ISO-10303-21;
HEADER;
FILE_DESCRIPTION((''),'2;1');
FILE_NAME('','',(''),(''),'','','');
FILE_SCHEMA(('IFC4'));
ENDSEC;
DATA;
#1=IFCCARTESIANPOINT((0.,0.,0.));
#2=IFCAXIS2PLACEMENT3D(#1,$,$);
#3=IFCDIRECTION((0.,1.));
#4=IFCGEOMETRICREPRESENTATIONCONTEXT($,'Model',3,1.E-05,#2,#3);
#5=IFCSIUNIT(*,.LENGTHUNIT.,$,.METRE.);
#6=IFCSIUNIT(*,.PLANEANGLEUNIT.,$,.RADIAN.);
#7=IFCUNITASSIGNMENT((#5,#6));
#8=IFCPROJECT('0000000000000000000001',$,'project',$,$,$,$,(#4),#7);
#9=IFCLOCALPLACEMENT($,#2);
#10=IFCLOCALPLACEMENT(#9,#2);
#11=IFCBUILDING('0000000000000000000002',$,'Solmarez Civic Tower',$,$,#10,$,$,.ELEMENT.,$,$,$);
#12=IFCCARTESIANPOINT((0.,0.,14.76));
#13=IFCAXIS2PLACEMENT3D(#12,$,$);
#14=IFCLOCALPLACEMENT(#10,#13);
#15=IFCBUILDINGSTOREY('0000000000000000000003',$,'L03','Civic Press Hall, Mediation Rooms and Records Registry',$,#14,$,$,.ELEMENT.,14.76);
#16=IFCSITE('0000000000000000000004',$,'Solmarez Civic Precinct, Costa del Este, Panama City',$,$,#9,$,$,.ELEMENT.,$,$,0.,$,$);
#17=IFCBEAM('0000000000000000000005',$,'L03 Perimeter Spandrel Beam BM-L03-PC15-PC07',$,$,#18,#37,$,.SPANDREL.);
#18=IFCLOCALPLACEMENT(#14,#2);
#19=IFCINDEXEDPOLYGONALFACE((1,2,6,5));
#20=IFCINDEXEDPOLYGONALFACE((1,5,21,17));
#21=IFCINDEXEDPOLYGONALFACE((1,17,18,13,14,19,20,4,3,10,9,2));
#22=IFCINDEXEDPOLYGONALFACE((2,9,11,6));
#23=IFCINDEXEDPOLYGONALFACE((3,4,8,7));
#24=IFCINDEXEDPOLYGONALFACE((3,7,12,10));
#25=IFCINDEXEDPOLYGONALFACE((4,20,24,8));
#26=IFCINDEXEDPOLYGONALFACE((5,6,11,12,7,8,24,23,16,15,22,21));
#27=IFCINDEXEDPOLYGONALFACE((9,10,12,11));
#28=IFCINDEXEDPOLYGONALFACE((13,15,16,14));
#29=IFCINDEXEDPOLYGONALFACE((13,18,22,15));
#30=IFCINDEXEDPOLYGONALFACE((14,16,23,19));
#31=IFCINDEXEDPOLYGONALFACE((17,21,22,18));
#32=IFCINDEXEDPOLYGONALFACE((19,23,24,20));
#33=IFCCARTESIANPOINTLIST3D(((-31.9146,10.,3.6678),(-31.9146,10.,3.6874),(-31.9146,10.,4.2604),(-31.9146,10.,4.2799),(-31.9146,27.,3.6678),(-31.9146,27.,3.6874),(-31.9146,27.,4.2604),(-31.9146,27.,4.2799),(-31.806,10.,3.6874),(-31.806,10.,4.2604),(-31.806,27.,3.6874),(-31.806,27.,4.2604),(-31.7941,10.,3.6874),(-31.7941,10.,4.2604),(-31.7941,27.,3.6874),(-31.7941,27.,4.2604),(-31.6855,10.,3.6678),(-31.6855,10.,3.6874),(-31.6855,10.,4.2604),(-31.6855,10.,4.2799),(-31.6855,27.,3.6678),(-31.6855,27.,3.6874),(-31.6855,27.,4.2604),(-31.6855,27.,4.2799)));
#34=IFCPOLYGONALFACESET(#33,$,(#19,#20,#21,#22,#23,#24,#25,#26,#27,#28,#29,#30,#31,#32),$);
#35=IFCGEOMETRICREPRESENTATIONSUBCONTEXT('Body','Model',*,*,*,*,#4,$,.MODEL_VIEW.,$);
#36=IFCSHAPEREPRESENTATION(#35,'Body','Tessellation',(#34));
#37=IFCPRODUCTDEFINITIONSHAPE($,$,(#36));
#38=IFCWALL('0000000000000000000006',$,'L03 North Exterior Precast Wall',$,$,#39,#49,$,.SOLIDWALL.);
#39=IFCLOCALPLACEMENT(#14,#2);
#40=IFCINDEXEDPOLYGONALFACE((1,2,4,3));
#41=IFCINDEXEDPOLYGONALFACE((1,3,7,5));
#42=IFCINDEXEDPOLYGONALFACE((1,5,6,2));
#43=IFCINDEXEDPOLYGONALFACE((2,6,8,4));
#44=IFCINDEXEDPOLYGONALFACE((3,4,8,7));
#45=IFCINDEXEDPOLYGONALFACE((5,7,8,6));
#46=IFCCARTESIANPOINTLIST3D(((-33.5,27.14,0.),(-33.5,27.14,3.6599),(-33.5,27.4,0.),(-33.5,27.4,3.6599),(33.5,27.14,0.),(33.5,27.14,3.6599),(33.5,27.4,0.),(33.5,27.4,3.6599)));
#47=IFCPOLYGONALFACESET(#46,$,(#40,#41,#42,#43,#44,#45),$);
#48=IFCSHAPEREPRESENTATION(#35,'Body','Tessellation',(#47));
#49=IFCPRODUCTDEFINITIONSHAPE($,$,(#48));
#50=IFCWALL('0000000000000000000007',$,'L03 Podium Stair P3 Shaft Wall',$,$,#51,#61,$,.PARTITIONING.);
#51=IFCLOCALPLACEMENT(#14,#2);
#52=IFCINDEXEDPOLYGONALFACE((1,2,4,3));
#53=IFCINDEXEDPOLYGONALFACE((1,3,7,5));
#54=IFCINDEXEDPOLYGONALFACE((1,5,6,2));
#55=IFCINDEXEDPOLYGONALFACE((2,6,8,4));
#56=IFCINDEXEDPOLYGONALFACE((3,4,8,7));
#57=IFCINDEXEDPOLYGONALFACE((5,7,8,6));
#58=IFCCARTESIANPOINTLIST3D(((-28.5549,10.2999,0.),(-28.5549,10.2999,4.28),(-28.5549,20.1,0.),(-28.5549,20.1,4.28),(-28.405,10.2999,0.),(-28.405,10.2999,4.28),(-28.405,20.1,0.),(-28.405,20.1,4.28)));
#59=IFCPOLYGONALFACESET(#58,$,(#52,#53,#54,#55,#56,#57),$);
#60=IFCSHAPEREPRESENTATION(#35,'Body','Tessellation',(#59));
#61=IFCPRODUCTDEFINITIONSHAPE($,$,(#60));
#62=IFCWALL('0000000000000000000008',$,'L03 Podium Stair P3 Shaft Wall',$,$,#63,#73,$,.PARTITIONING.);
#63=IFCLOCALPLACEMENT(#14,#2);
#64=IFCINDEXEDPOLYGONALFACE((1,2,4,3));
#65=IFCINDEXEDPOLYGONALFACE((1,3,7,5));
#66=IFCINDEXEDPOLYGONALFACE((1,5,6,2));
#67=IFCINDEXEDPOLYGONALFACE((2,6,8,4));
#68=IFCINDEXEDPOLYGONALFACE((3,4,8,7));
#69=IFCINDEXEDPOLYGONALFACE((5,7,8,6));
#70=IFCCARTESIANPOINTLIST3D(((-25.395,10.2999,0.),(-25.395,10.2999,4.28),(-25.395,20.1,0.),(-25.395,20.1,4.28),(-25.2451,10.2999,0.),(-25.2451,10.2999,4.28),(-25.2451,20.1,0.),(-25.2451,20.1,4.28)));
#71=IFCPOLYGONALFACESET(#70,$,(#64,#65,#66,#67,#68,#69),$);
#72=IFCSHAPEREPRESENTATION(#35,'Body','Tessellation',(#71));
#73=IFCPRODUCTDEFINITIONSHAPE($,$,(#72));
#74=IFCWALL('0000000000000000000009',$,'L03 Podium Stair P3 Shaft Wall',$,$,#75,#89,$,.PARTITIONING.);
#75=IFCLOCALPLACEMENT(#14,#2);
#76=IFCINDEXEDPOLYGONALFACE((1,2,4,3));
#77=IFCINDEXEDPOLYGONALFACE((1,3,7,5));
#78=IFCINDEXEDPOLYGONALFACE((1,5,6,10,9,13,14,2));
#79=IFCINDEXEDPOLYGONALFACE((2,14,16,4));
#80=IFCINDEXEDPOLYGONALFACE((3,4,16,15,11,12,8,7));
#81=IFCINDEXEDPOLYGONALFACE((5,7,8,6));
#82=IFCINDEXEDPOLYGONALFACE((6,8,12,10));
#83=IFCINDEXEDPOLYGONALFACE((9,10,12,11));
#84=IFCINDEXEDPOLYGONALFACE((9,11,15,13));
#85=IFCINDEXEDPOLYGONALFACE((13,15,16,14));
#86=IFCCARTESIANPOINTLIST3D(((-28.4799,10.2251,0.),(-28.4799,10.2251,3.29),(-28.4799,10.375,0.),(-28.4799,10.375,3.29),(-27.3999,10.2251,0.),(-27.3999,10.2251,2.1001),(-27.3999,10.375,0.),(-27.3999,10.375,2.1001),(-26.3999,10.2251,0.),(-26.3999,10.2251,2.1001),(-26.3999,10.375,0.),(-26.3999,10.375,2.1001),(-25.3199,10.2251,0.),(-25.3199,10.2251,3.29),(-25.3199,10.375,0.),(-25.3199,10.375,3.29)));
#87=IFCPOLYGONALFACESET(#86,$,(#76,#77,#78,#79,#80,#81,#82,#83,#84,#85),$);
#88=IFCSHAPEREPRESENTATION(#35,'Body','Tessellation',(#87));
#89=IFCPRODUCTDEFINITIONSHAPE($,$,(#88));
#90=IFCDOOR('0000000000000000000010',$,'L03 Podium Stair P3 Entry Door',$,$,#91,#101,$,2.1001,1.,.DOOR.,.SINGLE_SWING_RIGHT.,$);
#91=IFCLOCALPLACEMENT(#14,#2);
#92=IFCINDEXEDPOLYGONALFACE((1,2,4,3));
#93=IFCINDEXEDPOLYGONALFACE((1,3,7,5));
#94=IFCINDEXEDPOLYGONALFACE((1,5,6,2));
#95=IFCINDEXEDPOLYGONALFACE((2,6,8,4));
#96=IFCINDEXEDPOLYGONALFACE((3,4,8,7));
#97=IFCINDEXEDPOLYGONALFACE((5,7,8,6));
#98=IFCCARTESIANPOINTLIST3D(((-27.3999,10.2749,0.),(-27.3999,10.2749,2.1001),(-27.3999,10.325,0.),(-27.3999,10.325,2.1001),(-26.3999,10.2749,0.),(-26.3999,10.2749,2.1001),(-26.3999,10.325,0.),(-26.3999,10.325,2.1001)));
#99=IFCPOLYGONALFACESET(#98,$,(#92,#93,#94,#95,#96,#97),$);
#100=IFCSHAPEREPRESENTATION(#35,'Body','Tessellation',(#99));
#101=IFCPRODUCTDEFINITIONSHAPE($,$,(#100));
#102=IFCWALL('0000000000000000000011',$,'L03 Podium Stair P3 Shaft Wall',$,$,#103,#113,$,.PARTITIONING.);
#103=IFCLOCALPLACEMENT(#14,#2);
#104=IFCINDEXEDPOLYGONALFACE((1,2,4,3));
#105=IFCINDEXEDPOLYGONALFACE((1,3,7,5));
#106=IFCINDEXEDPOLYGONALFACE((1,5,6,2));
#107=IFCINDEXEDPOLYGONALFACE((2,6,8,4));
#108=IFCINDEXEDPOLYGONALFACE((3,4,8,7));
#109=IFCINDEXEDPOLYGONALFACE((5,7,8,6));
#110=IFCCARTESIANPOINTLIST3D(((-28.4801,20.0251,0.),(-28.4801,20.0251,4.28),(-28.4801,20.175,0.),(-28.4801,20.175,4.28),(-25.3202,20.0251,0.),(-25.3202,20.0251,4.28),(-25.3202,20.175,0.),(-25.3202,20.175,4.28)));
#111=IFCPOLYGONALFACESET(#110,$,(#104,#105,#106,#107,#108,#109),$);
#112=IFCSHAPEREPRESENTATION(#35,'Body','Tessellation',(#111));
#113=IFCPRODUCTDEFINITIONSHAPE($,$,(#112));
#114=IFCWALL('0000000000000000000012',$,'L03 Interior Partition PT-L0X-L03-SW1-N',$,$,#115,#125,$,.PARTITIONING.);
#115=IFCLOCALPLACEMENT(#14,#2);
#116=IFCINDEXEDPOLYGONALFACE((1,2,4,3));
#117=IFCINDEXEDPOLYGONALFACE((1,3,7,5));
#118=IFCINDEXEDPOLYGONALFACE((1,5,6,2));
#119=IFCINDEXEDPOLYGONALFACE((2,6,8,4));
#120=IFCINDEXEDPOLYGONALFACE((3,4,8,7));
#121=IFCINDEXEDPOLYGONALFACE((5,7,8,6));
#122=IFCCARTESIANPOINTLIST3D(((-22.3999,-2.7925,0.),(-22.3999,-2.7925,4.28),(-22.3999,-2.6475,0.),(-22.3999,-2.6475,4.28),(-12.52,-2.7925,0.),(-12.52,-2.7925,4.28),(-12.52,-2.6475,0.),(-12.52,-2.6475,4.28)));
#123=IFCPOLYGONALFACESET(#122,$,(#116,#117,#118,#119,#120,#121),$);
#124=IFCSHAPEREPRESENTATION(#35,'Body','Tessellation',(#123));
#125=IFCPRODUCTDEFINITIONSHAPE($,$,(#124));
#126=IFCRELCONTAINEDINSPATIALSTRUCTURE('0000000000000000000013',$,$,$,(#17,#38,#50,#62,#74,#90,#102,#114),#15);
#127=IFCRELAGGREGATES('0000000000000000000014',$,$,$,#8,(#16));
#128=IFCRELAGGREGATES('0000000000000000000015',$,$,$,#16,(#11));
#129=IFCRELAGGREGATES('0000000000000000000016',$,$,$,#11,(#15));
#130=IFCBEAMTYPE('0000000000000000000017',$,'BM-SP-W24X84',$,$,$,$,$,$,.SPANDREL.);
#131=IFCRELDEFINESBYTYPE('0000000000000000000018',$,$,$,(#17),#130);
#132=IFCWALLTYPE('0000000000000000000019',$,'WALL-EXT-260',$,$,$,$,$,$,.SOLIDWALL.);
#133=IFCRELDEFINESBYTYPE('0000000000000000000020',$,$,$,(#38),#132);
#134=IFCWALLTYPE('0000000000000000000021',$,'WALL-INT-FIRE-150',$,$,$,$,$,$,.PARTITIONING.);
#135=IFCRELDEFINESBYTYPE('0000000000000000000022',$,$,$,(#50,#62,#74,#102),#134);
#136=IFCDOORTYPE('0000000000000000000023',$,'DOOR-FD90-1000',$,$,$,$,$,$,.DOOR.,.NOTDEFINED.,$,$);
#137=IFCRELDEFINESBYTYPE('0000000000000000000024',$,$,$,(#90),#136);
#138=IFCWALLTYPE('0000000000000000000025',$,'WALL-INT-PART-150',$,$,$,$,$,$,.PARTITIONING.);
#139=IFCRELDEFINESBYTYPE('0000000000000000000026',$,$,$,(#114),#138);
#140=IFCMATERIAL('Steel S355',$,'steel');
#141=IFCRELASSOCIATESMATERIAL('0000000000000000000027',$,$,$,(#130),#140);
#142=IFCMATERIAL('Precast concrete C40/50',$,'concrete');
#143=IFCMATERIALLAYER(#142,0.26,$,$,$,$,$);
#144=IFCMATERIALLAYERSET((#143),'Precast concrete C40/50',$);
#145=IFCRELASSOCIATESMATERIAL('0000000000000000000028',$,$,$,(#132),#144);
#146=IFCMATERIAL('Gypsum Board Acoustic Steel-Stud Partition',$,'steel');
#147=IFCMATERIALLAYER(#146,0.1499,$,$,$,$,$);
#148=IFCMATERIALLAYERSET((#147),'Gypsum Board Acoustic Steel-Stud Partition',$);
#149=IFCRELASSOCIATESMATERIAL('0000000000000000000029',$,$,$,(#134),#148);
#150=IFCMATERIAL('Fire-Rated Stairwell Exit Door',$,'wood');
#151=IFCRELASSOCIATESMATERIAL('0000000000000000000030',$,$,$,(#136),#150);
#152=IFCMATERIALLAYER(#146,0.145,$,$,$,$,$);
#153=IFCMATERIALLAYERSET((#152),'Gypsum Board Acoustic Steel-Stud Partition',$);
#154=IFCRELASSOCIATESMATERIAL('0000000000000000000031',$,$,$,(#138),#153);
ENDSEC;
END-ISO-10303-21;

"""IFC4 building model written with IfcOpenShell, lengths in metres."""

from ifc_helpers import new_model, si_unit, direction, frame, frame_2d, origin, origin_2d, place, context, subcontext, project, spatial, rectangle, i_section, extrude, material, layer, layer_set, material_profile, profile_set, type_object, element, fill, save


model = new_model("IFC4")

# Units and contexts
model_context = context("Model", 3, precision=1e-05, world=origin(), true_north=direction((0.0, 1.0)))
body_context = subcontext(model_context, "Body", "Model", "MODEL_VIEW")
ifc_project = project(units=[si_unit("LENGTHUNIT", "METRE"), si_unit("PLANEANGLEUNIT", "RADIAN")], contexts=[model_context])

# Site, building, storey
site_placement = place(None, origin())
site = spatial("IfcSite", under=ifc_project, at=site_placement, Name="Solmarez Civic Precinct, Costa del Este, Panama City", CompositionType="ELEMENT", RefElevation=0.0)
building_placement = place(site_placement, origin())
building = spatial("IfcBuilding", under=site, at=building_placement, Name="Solmarez Civic Tower", CompositionType="ELEMENT")
storey_placement = place(building_placement, frame((0.0, 0.0, 14.76)))
storey = spatial("IfcBuildingStorey", under=building, at=storey_placement, Name="L03", Description="Civic Press Hall, Mediation Rooms and Records Registry", CompositionType="ELEMENT", Elevation=14.76)

# Beam
ifc_material_1 = material(Name="Steel S355", Category="steel")
ifc_material_profile_1 = material_profile(ifc_material_1, i_section(OverallWidth=0.229, OverallDepth=0.6121, WebThickness=0.012, FlangeThickness=0.0195, at=origin_2d()), Name="W24X84")
ifc_profile_set_1 = profile_set([ifc_material_profile_1], Name="Steel S355")
beam_type_1 = type_object("IfcBeamType", Name="BM-SP-W24X84", PredefinedType="SPANDREL", material=ifc_profile_set_1)
beam_1_placement = place(storey_placement, frame((-31.8, 10.0, 3.9739), z_axis=(0.0, 1.0, 0.0), x_axis=(-1.0, 0.0, 0.0)))
element("IfcBeam", 1, at=beam_1_placement, inside=storey, type_object=beam_type_1, Name="L03 Perimeter Spandrel Beam BM-L03-PC15-PC07", PredefinedType="SPANDREL", context=body_context, shape_type="SweptSolid", body=[
    extrude(i_section(OverallWidth=0.229, OverallDepth=0.6121, WebThickness=0.012, FlangeThickness=0.0195, at=origin_2d()), origin(), (0.0, 0.0, 1.0), 17.0),
])

# Walls
ifc_material_2 = material(Name="Precast concrete C40/50", Category="concrete")
ifc_layer_1 = layer(ifc_material_2, 0.26)
ifc_layer_set_1 = layer_set([ifc_layer_1], Name="Precast concrete C40/50")
wall_type_1 = type_object("IfcWallType", Name="WALL-EXT-260", PredefinedType="SOLIDWALL", material=ifc_layer_set_1)
wall_1_placement = place(storey_placement, frame((-33.5, 27.27, 0.0), z_axis=(0.0, 0.0, 1.0), x_axis=(1.0, 0.0, 0.0)))
element("IfcWall", 2, at=wall_1_placement, inside=storey, type_object=wall_type_1, Name="L03 North Exterior Precast Wall", PredefinedType="SOLIDWALL", context=body_context, shape_type="SweptSolid", body=[
    extrude(rectangle(XDim=67.0, YDim=0.26, at=frame_2d((33.5, 0.0))), origin(), (0.0, 0.0, 1.0), 3.6599),
])
ifc_material_3 = material(Name="Gypsum Board Acoustic Steel-Stud Partition", Category="steel")
ifc_layer_2 = layer(ifc_material_3, 0.1499)
ifc_layer_set_2 = layer_set([ifc_layer_2], Name="Gypsum Board Acoustic Steel-Stud Partition")
wall_type_2 = type_object("IfcWallType", Name="WALL-INT-FIRE-150", PredefinedType="PARTITIONING", material=ifc_layer_set_2)
for number, where, z_axis, x_axis, name in (
    (3, (-28.48, 10.3, 0.0), (0.0, 0.0, 1.0), (0.0, 1.0, 0.0), "L03 Podium Stair P3 Shaft Wall"),
    (4, (-25.3201, 10.3, 0.0), (0.0, 0.0, 1.0), (0.0, 1.0, 0.0), "L03 Podium Stair P3 Shaft Wall"),
):
    element("IfcWall", number, at=place(storey_placement, frame(where, z_axis=z_axis, x_axis=x_axis)), inside=storey, type_object=wall_type_2, Name=name, PredefinedType="PARTITIONING", context=body_context, shape_type="SweptSolid", body=[
        extrude(rectangle(XDim=9.8, YDim=0.1499, at=frame_2d((4.8999, 0.0))), origin(), (0.0, 0.0, 1.0), 4.28),
    ])

# Wall, opening, door
wall_2_placement = place(storey_placement, frame((-28.48, 10.3, 0.0), z_axis=(0.0, 0.0, 1.0), x_axis=(1.0, 0.0, 0.0)))
wall_2 = element("IfcWall", 5, at=wall_2_placement, inside=storey, type_object=wall_type_2, Name="L03 Podium Stair P3 Shaft Wall", PredefinedType="PARTITIONING", context=body_context, shape_type="SweptSolid", body=[
    extrude(rectangle(XDim=3.1599, YDim=0.1499, at=frame_2d((1.5801, 0.0))), origin(), (0.0, 0.0, 1.0), 3.29),
])
opening_placement = place(wall_2_placement, frame((1.0801, 0.0, 0.0)))
opening = element("IfcOpeningElement", 6, at=opening_placement, cuts=wall_2, PredefinedType="OPENING", context=body_context, shape_type="SweptSolid", body=[
    extrude(rectangle(XDim=1.0, YDim=2.1001, at=frame_2d((0.5, 1.05))), frame((0.0, 0.085, 0.0), z_axis=(0.0, -1.0, 0.0), x_axis=(1.0, 0.0, 0.0)), (0.0, 0.0, 1.0), 0.1699),
])
ifc_material_4 = material(Name="Fire-Rated Stairwell Exit Door", Category="wood")
door_type = type_object("IfcDoorType", Name="DOOR-FD90-1000", OperationType="NOTDEFINED", PredefinedType="DOOR", material=ifc_material_4)
door_placement = place(opening_placement, origin())
door = element("IfcDoor", 7, at=door_placement, inside=storey, type_object=door_type, Name="L03 Podium Stair P3 Entry Door", OperationType="SINGLE_SWING_RIGHT", OverallHeight=2.1001, OverallWidth=1.0, PredefinedType="DOOR", context=body_context, shape_type="SweptSolid", body=[
    extrude(rectangle(XDim=1.0, YDim=2.1001, at=frame_2d((0.5, 1.05))), frame((0.0, 0.0249, 0.0), z_axis=(0.0, -1.0, 0.0), x_axis=(1.0, 0.0, 0.0)), (0.0, 0.0, 1.0), 0.05),
])
fill(opening, door)

# Walls
wall_3_placement = place(storey_placement, frame((-25.3201, 20.1001, 0.0), z_axis=(0.0, 0.0, 1.0), x_axis=(-1.0, 0.0, 0.0)))
element("IfcWall", 8, at=wall_3_placement, inside=storey, type_object=wall_type_2, Name="L03 Podium Stair P3 Shaft Wall", PredefinedType="PARTITIONING", context=body_context, shape_type="SweptSolid", body=[
    extrude(rectangle(XDim=3.1599, YDim=0.1499, at=frame_2d((1.5801, 0.0))), origin(), (0.0, 0.0, 1.0), 4.28),
])
ifc_layer_3 = layer(ifc_material_3, 0.145)
ifc_layer_set_3 = layer_set([ifc_layer_3], Name="Gypsum Board Acoustic Steel-Stud Partition")
wall_type_3 = type_object("IfcWallType", Name="WALL-INT-PART-150", PredefinedType="PARTITIONING", material=ifc_layer_set_3)
wall_4_placement = place(storey_placement, frame((-22.3999, -2.72, 0.0), z_axis=(0.0, 0.0, 1.0), x_axis=(1.0, 0.0, 0.0)))
element("IfcWall", 9, at=wall_4_placement, inside=storey, type_object=wall_type_3, Name="L03 Interior Partition PT-L0X-L03-SW1-N", PredefinedType="PARTITIONING", context=body_context, shape_type="SweptSolid", body=[
    extrude(rectangle(XDim=9.8799, YDim=0.145, at=frame_2d((4.9399, 0.0))), origin(), (0.0, 0.0, 1.0), 4.28),
])

save(model, "model.ifc")
